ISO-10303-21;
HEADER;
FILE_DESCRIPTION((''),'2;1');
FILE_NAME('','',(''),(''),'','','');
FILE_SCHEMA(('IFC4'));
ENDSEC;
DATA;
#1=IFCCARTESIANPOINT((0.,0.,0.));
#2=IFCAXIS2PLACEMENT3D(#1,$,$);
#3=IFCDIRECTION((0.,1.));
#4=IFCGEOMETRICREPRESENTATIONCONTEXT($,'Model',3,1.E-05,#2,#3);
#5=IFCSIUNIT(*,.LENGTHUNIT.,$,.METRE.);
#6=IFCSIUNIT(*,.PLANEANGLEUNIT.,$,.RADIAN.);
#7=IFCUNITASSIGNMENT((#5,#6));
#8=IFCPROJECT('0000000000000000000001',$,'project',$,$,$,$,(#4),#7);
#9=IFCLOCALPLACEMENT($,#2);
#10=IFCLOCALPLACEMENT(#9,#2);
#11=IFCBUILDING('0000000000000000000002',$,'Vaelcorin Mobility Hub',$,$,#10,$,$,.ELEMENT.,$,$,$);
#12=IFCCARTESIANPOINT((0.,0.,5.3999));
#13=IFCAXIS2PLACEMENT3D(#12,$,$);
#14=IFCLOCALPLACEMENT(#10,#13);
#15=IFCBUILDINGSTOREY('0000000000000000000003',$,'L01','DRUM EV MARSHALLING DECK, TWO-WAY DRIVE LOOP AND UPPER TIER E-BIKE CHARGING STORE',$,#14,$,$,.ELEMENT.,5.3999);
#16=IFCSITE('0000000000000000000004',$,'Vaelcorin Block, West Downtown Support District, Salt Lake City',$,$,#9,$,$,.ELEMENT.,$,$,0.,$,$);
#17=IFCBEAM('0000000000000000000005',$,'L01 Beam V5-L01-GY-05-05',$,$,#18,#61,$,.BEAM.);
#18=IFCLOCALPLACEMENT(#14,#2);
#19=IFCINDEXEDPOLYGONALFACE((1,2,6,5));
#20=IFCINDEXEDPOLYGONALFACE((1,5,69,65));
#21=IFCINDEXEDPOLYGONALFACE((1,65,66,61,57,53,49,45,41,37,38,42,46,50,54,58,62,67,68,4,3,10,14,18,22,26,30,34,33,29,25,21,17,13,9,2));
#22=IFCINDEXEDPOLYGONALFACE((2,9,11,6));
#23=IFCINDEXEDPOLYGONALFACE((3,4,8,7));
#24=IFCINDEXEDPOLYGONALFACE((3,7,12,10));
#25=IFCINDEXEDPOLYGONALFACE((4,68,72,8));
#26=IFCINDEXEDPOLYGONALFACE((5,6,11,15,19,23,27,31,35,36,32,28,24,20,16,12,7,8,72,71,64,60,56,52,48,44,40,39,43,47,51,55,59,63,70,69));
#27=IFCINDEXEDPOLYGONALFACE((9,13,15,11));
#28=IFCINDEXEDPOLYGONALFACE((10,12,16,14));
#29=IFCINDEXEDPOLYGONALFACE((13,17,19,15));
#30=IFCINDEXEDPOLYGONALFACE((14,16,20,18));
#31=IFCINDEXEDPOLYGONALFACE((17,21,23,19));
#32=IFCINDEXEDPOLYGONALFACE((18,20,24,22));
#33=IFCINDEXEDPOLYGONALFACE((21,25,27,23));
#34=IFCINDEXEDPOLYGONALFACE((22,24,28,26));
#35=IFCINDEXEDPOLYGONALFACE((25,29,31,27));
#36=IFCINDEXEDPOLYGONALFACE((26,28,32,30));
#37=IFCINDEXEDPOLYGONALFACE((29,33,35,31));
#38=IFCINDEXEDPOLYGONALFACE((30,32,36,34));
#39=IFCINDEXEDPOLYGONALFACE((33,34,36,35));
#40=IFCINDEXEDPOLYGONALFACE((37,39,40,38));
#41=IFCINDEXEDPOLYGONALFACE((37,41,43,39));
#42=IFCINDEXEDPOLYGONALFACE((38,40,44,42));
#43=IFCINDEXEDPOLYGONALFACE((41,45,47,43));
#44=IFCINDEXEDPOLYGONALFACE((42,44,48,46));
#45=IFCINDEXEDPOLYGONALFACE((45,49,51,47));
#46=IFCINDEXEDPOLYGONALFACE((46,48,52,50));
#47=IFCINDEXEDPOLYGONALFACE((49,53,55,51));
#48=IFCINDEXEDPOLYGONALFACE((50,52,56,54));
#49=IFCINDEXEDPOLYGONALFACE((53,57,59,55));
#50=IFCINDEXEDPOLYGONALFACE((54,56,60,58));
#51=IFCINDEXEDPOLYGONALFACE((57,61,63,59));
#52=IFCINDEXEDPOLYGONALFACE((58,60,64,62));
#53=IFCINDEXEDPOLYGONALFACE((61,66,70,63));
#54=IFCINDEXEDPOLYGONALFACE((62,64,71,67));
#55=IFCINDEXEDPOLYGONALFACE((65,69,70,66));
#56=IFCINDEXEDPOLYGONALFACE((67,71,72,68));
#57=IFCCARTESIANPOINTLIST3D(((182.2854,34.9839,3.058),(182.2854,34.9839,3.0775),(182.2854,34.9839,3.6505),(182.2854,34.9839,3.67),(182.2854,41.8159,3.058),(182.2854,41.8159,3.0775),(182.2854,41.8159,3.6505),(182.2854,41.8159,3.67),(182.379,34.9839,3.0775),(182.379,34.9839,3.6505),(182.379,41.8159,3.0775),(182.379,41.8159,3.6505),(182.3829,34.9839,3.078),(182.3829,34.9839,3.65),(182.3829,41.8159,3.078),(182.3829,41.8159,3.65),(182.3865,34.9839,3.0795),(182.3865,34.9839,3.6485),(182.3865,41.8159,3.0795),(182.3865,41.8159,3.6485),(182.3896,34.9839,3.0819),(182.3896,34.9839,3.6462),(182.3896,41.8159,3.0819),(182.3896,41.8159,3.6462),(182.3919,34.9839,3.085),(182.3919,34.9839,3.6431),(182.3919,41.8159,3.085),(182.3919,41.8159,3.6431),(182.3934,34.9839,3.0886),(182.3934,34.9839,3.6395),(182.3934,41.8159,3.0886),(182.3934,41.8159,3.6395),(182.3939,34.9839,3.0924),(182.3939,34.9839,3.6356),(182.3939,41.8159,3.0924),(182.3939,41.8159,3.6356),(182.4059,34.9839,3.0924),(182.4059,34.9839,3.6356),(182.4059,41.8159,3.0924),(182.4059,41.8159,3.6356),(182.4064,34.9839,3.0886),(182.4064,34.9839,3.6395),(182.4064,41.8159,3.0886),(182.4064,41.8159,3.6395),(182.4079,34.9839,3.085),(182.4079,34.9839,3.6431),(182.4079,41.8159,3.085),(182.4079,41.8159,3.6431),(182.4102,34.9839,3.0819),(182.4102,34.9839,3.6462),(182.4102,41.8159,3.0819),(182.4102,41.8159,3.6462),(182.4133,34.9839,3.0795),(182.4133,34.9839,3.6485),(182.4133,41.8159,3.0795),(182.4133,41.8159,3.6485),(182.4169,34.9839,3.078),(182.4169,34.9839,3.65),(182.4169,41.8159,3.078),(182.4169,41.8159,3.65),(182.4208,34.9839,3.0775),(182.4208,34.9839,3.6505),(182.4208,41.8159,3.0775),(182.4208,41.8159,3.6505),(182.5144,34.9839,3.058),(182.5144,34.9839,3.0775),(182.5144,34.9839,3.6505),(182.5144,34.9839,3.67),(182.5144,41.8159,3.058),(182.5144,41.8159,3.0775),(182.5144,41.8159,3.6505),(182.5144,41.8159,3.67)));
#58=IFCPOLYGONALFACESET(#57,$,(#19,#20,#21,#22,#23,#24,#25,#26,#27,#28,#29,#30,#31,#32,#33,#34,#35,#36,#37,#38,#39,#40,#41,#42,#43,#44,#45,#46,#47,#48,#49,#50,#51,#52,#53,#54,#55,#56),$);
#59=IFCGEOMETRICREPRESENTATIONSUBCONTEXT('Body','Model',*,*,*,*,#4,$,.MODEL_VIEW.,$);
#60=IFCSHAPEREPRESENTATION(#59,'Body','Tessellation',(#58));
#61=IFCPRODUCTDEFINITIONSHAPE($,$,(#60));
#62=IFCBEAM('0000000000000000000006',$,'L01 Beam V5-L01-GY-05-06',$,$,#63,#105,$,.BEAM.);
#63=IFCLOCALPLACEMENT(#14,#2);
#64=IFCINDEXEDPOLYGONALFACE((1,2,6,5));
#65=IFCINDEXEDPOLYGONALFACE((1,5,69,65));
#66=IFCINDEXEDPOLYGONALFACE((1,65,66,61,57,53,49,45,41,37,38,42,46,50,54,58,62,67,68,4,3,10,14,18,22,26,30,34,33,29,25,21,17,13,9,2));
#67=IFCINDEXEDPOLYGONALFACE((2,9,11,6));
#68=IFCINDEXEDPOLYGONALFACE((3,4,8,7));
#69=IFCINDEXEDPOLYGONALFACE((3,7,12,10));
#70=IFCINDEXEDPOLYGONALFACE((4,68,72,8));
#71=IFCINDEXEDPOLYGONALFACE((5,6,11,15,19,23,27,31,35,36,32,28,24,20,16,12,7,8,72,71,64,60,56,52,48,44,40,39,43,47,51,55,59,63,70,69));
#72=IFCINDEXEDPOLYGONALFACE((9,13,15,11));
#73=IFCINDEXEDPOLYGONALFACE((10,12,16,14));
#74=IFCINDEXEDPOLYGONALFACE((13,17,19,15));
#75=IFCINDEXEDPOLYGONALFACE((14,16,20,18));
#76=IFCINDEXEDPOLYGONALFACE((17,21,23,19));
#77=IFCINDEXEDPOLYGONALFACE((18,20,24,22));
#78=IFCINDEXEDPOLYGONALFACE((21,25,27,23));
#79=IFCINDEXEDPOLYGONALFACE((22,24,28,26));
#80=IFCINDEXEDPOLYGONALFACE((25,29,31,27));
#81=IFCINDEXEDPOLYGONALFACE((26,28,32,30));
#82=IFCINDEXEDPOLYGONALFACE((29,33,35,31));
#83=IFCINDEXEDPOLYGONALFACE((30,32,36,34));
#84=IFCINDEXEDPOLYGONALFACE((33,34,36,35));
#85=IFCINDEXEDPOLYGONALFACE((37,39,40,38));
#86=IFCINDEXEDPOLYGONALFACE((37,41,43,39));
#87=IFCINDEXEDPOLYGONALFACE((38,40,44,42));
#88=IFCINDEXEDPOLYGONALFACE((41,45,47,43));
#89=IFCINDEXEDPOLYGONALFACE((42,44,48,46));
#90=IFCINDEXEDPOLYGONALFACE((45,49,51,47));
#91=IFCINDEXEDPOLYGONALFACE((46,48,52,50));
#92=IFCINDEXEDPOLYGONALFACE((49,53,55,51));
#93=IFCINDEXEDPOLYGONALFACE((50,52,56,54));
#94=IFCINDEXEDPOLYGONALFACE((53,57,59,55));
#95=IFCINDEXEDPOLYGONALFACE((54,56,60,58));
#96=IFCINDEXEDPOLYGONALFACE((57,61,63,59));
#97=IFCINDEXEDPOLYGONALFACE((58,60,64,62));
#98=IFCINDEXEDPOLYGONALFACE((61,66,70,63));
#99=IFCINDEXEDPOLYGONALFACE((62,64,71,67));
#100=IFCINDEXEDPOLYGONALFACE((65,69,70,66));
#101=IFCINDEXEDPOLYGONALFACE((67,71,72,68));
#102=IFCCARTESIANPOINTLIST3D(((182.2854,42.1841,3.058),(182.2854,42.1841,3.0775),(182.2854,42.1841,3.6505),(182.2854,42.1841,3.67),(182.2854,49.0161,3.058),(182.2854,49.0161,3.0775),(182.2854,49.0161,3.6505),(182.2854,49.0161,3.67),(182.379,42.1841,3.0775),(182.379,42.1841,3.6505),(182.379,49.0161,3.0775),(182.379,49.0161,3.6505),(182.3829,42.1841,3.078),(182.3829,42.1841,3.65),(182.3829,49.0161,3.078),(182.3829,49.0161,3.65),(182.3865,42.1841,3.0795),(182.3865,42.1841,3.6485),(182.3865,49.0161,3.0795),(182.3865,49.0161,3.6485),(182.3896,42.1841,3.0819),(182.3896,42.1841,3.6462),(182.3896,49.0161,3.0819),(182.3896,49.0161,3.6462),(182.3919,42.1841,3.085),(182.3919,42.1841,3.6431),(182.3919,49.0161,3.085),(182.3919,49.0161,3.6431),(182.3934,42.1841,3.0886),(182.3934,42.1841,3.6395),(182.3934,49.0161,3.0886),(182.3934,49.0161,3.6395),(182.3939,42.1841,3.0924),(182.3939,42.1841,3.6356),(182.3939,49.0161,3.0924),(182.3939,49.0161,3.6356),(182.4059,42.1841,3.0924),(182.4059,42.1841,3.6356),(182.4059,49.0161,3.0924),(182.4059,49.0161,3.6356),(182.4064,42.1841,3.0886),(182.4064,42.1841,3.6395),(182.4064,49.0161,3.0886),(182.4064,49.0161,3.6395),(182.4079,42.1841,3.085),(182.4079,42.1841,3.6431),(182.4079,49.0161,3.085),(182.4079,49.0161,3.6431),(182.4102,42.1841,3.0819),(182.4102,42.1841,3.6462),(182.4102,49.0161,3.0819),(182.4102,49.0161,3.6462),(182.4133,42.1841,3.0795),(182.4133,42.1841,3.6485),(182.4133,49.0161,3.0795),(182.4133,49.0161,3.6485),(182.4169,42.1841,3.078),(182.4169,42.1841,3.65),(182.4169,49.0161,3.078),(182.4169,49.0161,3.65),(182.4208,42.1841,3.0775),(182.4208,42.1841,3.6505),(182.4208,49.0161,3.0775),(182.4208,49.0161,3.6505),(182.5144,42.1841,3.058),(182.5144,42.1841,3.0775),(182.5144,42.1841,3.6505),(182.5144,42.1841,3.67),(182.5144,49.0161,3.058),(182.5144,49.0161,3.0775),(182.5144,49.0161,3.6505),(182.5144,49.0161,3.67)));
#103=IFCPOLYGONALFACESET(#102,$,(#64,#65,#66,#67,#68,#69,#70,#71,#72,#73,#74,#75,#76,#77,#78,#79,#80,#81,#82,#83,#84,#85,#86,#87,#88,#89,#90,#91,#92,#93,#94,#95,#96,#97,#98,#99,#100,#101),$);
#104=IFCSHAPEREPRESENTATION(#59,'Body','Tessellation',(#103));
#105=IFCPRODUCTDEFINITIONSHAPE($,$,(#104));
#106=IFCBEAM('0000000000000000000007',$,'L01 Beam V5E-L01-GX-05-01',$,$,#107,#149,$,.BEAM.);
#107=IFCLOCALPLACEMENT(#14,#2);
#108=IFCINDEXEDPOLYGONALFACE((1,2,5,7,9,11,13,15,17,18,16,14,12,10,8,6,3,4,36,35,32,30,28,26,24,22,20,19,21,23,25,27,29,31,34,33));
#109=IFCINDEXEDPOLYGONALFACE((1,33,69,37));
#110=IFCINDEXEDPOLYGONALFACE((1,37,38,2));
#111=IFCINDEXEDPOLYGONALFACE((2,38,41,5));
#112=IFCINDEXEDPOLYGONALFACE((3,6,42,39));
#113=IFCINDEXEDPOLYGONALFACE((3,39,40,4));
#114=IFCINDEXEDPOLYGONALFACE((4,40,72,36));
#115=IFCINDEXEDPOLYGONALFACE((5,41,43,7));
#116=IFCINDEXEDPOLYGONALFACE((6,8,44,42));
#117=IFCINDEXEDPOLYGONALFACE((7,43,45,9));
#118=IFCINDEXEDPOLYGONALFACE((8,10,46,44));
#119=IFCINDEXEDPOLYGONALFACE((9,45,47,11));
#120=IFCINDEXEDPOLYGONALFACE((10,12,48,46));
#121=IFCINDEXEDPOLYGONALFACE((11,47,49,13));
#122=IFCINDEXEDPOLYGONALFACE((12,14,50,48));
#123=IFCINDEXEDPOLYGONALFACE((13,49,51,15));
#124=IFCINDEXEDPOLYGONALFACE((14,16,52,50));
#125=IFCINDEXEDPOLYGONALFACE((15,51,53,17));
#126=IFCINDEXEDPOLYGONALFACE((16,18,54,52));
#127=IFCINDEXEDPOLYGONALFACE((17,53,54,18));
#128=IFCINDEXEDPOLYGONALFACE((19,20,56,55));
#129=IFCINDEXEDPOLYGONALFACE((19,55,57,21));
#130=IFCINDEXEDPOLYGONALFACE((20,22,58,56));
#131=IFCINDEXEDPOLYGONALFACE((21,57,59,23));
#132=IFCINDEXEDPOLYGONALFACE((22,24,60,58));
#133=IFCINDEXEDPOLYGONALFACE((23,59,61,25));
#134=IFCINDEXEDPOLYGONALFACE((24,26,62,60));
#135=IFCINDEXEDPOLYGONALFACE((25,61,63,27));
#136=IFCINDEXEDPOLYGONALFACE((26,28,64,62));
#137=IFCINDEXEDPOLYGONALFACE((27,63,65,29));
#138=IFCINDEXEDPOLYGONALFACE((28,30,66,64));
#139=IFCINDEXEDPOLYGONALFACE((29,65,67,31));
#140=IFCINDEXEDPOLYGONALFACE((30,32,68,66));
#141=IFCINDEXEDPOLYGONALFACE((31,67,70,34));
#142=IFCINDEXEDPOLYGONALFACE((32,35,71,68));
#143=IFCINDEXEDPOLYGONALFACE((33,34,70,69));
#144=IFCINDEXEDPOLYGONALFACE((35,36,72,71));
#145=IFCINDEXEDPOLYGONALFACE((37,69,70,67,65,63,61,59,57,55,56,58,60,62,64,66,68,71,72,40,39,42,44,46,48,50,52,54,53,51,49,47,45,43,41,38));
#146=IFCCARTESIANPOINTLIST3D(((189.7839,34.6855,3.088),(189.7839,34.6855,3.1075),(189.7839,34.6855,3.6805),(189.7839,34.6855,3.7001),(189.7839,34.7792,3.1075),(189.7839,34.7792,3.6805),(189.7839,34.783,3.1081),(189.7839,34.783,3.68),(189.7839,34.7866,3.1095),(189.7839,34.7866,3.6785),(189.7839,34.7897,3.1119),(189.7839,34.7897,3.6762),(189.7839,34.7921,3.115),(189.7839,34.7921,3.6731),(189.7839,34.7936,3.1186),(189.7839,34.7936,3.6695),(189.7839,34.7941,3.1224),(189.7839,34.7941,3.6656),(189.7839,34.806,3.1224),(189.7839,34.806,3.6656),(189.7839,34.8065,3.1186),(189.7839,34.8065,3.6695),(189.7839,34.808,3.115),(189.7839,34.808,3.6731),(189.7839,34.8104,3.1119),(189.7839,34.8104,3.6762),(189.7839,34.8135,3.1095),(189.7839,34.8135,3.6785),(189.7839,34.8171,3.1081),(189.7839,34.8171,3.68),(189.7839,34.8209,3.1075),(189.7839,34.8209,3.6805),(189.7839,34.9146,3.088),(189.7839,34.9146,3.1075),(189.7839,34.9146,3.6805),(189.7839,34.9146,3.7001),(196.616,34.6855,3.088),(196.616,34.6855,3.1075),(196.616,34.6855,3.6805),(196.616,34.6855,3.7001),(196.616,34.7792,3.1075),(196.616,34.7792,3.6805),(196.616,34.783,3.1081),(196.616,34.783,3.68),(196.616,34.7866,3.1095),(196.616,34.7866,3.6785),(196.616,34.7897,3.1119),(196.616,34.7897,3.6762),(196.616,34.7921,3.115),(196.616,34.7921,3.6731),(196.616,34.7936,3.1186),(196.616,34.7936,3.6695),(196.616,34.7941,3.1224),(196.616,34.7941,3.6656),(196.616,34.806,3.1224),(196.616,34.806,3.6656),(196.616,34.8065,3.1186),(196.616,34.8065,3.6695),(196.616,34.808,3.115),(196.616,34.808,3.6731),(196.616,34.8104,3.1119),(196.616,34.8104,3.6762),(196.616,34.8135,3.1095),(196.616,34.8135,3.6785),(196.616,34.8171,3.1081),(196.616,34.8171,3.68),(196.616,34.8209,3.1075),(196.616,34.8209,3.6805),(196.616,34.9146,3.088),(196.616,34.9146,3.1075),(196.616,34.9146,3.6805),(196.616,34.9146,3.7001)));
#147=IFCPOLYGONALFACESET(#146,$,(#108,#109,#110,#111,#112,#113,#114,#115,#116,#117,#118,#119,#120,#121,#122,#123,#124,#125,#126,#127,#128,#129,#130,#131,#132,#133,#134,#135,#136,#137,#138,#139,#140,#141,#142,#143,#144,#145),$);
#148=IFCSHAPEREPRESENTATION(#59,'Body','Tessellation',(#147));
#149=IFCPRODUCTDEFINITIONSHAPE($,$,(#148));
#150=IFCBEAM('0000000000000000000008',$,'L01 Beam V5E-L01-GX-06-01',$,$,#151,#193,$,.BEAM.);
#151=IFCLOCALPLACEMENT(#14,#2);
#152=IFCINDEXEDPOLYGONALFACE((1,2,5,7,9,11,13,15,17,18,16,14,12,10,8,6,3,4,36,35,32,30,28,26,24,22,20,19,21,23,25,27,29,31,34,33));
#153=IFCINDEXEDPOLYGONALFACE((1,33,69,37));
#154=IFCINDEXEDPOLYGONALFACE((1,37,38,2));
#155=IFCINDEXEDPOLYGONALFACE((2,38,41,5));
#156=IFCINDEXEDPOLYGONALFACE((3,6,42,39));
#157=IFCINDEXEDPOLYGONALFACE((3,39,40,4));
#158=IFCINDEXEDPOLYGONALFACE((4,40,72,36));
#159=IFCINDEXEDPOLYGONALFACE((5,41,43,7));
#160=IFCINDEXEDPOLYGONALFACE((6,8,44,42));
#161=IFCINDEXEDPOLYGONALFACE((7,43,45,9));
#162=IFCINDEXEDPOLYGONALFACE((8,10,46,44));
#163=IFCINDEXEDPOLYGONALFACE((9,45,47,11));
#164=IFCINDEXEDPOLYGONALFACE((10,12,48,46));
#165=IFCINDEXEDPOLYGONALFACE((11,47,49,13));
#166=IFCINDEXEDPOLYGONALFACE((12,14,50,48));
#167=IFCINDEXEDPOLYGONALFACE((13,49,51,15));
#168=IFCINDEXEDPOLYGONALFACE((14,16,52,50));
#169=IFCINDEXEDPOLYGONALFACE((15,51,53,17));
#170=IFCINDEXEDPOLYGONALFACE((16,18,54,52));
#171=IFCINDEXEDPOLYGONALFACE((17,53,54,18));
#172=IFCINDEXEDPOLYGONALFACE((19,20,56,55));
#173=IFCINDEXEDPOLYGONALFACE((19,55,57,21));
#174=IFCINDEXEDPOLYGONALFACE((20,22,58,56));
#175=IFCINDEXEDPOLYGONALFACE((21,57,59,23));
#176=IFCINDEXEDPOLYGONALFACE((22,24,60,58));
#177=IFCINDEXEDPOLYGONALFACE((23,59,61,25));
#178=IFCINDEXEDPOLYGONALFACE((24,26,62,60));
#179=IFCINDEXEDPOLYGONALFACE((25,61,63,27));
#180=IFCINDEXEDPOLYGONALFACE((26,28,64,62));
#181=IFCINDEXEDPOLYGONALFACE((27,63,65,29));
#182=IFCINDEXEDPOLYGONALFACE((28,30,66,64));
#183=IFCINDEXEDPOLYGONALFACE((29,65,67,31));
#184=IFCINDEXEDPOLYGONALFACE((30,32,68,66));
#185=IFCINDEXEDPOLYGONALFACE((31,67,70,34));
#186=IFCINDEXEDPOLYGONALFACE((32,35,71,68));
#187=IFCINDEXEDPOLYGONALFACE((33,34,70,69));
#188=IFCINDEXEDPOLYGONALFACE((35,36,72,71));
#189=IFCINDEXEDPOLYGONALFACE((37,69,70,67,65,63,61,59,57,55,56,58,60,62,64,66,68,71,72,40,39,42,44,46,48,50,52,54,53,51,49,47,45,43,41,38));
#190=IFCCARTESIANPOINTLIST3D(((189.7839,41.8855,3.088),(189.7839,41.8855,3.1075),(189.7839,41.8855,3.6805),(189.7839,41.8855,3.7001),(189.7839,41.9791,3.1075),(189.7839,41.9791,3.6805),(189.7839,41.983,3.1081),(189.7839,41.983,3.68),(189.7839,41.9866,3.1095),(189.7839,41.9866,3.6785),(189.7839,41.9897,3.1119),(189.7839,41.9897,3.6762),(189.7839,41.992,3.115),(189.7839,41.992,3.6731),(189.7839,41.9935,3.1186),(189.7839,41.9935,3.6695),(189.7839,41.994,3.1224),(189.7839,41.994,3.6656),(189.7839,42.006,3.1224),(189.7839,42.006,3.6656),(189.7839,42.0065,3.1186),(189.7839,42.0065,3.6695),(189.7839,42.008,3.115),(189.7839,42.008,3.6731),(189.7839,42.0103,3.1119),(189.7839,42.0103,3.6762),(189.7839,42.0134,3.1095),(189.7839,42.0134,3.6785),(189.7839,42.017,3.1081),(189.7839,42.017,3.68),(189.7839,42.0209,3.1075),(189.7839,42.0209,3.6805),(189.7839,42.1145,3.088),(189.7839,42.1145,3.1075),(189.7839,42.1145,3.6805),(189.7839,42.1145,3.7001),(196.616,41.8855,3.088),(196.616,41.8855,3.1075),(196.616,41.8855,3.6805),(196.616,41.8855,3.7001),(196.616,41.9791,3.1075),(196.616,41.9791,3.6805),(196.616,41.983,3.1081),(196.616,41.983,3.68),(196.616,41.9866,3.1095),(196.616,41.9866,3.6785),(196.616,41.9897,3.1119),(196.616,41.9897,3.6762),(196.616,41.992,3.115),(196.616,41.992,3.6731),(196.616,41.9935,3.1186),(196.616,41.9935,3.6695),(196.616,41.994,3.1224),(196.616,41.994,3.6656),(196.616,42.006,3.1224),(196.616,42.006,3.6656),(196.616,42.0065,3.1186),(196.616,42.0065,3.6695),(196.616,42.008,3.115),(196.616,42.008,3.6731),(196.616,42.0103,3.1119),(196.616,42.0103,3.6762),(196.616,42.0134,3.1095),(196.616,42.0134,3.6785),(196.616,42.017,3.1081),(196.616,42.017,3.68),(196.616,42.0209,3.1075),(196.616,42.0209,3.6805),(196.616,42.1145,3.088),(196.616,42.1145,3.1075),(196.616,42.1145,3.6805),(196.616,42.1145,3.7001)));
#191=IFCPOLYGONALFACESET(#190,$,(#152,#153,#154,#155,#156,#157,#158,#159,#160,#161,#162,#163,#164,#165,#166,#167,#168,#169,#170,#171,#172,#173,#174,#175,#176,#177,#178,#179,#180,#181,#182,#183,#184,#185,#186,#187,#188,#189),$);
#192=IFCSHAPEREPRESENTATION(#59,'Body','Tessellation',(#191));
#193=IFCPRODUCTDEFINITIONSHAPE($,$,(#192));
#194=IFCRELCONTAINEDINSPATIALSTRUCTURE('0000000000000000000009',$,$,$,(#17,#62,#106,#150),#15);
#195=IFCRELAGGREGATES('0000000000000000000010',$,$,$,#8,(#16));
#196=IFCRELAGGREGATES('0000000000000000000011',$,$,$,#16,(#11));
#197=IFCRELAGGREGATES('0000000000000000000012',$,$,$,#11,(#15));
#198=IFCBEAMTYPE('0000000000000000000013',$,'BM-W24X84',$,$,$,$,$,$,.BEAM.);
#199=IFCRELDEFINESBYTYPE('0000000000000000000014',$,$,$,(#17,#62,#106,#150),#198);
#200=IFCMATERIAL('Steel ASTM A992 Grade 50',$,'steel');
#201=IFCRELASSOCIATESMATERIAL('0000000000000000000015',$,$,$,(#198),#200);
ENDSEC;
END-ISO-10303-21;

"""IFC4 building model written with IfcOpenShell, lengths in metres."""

from ifc_helpers import new_model, si_unit, direction, frame, origin, origin_2d, place, context, subcontext, project, spatial, i_section, extrude, material, material_profile, profile_set, type_object, element, save


model = new_model("IFC4")

# Units and contexts
model_context = context("Model", 3, precision=1e-05, world=origin(), true_north=direction((0.0, 1.0)))
body_context = subcontext(model_context, "Body", "Model", "MODEL_VIEW")
ifc_project = project(units=[si_unit("LENGTHUNIT", "METRE"), si_unit("PLANEANGLEUNIT", "RADIAN")], contexts=[model_context])

# Site, building, storey
site_placement = place(None, origin())
site = spatial("IfcSite", under=ifc_project, at=site_placement, Name="Vaelcorin Block, West Downtown Support District, Salt Lake City", CompositionType="ELEMENT", RefElevation=0.0)
building_placement = place(site_placement, origin())
building = spatial("IfcBuilding", under=site, at=building_placement, Name="Vaelcorin Mobility Hub", CompositionType="ELEMENT")
storey_placement = place(building_placement, frame((0.0, 0.0, 5.3999)))
storey = spatial("IfcBuildingStorey", under=building, at=storey_placement, Name="L01", Description="DRUM EV MARSHALLING DECK, TWO-WAY DRIVE LOOP AND UPPER TIER E-BIKE CHARGING STORE", CompositionType="ELEMENT", Elevation=5.3999)

# Shared definitions
ifc_material_1 = material(Name="Steel ASTM A992 Grade 50", Category="steel")

# Beams
ifc_material_profile_1 = material_profile(ifc_material_1, i_section(OverallWidth=0.229, OverallDepth=0.6121, WebThickness=0.012, FlangeThickness=0.0195, FilletRadius=0.0149, at=origin_2d()), Name="W24X84")
ifc_profile_set_1 = profile_set([ifc_material_profile_1], Name="Steel ASTM A992 Grade 50")
beam_type_1 = type_object("IfcBeamType", Name="BM-W24X84", PredefinedType="BEAM", material=ifc_profile_set_1)
for number, where, z_axis, x_axis, name in (
    (1, (182.3999, 34.9839, 3.364), (0.0, 1.0, 0.0), (-1.0, 0.0, 0.0), "L01 Beam V5-L01-GY-05-05"),
    (2, (182.3999, 42.1841, 3.364), (0.0, 1.0, 0.0), (-1.0, 0.0, 0.0), "L01 Beam V5-L01-GY-05-06"),
    (3, (189.7839, 34.8, 3.394), (1.0, 0.0, 0.0), (0.0, 1.0, 0.0), "L01 Beam V5E-L01-GX-05-01"),
    (4, (189.7839, 42.0, 3.394), (1.0, 0.0, 0.0), (0.0, 1.0, 0.0), "L01 Beam V5E-L01-GX-06-01"),
):
    element("IfcBeam", number, at=place(storey_placement, frame(where, z_axis=z_axis, x_axis=x_axis)), inside=storey, type_object=beam_type_1, Name=name, PredefinedType="BEAM", context=body_context, shape_type="SweptSolid", body=[
        extrude(i_section(OverallWidth=0.229, OverallDepth=0.6121, WebThickness=0.012, FlangeThickness=0.0195, FilletRadius=0.0149, at=origin_2d()), origin(), (0.0, 0.0, 1.0), 6.832),
    ])

save(model, "model.ifc")
